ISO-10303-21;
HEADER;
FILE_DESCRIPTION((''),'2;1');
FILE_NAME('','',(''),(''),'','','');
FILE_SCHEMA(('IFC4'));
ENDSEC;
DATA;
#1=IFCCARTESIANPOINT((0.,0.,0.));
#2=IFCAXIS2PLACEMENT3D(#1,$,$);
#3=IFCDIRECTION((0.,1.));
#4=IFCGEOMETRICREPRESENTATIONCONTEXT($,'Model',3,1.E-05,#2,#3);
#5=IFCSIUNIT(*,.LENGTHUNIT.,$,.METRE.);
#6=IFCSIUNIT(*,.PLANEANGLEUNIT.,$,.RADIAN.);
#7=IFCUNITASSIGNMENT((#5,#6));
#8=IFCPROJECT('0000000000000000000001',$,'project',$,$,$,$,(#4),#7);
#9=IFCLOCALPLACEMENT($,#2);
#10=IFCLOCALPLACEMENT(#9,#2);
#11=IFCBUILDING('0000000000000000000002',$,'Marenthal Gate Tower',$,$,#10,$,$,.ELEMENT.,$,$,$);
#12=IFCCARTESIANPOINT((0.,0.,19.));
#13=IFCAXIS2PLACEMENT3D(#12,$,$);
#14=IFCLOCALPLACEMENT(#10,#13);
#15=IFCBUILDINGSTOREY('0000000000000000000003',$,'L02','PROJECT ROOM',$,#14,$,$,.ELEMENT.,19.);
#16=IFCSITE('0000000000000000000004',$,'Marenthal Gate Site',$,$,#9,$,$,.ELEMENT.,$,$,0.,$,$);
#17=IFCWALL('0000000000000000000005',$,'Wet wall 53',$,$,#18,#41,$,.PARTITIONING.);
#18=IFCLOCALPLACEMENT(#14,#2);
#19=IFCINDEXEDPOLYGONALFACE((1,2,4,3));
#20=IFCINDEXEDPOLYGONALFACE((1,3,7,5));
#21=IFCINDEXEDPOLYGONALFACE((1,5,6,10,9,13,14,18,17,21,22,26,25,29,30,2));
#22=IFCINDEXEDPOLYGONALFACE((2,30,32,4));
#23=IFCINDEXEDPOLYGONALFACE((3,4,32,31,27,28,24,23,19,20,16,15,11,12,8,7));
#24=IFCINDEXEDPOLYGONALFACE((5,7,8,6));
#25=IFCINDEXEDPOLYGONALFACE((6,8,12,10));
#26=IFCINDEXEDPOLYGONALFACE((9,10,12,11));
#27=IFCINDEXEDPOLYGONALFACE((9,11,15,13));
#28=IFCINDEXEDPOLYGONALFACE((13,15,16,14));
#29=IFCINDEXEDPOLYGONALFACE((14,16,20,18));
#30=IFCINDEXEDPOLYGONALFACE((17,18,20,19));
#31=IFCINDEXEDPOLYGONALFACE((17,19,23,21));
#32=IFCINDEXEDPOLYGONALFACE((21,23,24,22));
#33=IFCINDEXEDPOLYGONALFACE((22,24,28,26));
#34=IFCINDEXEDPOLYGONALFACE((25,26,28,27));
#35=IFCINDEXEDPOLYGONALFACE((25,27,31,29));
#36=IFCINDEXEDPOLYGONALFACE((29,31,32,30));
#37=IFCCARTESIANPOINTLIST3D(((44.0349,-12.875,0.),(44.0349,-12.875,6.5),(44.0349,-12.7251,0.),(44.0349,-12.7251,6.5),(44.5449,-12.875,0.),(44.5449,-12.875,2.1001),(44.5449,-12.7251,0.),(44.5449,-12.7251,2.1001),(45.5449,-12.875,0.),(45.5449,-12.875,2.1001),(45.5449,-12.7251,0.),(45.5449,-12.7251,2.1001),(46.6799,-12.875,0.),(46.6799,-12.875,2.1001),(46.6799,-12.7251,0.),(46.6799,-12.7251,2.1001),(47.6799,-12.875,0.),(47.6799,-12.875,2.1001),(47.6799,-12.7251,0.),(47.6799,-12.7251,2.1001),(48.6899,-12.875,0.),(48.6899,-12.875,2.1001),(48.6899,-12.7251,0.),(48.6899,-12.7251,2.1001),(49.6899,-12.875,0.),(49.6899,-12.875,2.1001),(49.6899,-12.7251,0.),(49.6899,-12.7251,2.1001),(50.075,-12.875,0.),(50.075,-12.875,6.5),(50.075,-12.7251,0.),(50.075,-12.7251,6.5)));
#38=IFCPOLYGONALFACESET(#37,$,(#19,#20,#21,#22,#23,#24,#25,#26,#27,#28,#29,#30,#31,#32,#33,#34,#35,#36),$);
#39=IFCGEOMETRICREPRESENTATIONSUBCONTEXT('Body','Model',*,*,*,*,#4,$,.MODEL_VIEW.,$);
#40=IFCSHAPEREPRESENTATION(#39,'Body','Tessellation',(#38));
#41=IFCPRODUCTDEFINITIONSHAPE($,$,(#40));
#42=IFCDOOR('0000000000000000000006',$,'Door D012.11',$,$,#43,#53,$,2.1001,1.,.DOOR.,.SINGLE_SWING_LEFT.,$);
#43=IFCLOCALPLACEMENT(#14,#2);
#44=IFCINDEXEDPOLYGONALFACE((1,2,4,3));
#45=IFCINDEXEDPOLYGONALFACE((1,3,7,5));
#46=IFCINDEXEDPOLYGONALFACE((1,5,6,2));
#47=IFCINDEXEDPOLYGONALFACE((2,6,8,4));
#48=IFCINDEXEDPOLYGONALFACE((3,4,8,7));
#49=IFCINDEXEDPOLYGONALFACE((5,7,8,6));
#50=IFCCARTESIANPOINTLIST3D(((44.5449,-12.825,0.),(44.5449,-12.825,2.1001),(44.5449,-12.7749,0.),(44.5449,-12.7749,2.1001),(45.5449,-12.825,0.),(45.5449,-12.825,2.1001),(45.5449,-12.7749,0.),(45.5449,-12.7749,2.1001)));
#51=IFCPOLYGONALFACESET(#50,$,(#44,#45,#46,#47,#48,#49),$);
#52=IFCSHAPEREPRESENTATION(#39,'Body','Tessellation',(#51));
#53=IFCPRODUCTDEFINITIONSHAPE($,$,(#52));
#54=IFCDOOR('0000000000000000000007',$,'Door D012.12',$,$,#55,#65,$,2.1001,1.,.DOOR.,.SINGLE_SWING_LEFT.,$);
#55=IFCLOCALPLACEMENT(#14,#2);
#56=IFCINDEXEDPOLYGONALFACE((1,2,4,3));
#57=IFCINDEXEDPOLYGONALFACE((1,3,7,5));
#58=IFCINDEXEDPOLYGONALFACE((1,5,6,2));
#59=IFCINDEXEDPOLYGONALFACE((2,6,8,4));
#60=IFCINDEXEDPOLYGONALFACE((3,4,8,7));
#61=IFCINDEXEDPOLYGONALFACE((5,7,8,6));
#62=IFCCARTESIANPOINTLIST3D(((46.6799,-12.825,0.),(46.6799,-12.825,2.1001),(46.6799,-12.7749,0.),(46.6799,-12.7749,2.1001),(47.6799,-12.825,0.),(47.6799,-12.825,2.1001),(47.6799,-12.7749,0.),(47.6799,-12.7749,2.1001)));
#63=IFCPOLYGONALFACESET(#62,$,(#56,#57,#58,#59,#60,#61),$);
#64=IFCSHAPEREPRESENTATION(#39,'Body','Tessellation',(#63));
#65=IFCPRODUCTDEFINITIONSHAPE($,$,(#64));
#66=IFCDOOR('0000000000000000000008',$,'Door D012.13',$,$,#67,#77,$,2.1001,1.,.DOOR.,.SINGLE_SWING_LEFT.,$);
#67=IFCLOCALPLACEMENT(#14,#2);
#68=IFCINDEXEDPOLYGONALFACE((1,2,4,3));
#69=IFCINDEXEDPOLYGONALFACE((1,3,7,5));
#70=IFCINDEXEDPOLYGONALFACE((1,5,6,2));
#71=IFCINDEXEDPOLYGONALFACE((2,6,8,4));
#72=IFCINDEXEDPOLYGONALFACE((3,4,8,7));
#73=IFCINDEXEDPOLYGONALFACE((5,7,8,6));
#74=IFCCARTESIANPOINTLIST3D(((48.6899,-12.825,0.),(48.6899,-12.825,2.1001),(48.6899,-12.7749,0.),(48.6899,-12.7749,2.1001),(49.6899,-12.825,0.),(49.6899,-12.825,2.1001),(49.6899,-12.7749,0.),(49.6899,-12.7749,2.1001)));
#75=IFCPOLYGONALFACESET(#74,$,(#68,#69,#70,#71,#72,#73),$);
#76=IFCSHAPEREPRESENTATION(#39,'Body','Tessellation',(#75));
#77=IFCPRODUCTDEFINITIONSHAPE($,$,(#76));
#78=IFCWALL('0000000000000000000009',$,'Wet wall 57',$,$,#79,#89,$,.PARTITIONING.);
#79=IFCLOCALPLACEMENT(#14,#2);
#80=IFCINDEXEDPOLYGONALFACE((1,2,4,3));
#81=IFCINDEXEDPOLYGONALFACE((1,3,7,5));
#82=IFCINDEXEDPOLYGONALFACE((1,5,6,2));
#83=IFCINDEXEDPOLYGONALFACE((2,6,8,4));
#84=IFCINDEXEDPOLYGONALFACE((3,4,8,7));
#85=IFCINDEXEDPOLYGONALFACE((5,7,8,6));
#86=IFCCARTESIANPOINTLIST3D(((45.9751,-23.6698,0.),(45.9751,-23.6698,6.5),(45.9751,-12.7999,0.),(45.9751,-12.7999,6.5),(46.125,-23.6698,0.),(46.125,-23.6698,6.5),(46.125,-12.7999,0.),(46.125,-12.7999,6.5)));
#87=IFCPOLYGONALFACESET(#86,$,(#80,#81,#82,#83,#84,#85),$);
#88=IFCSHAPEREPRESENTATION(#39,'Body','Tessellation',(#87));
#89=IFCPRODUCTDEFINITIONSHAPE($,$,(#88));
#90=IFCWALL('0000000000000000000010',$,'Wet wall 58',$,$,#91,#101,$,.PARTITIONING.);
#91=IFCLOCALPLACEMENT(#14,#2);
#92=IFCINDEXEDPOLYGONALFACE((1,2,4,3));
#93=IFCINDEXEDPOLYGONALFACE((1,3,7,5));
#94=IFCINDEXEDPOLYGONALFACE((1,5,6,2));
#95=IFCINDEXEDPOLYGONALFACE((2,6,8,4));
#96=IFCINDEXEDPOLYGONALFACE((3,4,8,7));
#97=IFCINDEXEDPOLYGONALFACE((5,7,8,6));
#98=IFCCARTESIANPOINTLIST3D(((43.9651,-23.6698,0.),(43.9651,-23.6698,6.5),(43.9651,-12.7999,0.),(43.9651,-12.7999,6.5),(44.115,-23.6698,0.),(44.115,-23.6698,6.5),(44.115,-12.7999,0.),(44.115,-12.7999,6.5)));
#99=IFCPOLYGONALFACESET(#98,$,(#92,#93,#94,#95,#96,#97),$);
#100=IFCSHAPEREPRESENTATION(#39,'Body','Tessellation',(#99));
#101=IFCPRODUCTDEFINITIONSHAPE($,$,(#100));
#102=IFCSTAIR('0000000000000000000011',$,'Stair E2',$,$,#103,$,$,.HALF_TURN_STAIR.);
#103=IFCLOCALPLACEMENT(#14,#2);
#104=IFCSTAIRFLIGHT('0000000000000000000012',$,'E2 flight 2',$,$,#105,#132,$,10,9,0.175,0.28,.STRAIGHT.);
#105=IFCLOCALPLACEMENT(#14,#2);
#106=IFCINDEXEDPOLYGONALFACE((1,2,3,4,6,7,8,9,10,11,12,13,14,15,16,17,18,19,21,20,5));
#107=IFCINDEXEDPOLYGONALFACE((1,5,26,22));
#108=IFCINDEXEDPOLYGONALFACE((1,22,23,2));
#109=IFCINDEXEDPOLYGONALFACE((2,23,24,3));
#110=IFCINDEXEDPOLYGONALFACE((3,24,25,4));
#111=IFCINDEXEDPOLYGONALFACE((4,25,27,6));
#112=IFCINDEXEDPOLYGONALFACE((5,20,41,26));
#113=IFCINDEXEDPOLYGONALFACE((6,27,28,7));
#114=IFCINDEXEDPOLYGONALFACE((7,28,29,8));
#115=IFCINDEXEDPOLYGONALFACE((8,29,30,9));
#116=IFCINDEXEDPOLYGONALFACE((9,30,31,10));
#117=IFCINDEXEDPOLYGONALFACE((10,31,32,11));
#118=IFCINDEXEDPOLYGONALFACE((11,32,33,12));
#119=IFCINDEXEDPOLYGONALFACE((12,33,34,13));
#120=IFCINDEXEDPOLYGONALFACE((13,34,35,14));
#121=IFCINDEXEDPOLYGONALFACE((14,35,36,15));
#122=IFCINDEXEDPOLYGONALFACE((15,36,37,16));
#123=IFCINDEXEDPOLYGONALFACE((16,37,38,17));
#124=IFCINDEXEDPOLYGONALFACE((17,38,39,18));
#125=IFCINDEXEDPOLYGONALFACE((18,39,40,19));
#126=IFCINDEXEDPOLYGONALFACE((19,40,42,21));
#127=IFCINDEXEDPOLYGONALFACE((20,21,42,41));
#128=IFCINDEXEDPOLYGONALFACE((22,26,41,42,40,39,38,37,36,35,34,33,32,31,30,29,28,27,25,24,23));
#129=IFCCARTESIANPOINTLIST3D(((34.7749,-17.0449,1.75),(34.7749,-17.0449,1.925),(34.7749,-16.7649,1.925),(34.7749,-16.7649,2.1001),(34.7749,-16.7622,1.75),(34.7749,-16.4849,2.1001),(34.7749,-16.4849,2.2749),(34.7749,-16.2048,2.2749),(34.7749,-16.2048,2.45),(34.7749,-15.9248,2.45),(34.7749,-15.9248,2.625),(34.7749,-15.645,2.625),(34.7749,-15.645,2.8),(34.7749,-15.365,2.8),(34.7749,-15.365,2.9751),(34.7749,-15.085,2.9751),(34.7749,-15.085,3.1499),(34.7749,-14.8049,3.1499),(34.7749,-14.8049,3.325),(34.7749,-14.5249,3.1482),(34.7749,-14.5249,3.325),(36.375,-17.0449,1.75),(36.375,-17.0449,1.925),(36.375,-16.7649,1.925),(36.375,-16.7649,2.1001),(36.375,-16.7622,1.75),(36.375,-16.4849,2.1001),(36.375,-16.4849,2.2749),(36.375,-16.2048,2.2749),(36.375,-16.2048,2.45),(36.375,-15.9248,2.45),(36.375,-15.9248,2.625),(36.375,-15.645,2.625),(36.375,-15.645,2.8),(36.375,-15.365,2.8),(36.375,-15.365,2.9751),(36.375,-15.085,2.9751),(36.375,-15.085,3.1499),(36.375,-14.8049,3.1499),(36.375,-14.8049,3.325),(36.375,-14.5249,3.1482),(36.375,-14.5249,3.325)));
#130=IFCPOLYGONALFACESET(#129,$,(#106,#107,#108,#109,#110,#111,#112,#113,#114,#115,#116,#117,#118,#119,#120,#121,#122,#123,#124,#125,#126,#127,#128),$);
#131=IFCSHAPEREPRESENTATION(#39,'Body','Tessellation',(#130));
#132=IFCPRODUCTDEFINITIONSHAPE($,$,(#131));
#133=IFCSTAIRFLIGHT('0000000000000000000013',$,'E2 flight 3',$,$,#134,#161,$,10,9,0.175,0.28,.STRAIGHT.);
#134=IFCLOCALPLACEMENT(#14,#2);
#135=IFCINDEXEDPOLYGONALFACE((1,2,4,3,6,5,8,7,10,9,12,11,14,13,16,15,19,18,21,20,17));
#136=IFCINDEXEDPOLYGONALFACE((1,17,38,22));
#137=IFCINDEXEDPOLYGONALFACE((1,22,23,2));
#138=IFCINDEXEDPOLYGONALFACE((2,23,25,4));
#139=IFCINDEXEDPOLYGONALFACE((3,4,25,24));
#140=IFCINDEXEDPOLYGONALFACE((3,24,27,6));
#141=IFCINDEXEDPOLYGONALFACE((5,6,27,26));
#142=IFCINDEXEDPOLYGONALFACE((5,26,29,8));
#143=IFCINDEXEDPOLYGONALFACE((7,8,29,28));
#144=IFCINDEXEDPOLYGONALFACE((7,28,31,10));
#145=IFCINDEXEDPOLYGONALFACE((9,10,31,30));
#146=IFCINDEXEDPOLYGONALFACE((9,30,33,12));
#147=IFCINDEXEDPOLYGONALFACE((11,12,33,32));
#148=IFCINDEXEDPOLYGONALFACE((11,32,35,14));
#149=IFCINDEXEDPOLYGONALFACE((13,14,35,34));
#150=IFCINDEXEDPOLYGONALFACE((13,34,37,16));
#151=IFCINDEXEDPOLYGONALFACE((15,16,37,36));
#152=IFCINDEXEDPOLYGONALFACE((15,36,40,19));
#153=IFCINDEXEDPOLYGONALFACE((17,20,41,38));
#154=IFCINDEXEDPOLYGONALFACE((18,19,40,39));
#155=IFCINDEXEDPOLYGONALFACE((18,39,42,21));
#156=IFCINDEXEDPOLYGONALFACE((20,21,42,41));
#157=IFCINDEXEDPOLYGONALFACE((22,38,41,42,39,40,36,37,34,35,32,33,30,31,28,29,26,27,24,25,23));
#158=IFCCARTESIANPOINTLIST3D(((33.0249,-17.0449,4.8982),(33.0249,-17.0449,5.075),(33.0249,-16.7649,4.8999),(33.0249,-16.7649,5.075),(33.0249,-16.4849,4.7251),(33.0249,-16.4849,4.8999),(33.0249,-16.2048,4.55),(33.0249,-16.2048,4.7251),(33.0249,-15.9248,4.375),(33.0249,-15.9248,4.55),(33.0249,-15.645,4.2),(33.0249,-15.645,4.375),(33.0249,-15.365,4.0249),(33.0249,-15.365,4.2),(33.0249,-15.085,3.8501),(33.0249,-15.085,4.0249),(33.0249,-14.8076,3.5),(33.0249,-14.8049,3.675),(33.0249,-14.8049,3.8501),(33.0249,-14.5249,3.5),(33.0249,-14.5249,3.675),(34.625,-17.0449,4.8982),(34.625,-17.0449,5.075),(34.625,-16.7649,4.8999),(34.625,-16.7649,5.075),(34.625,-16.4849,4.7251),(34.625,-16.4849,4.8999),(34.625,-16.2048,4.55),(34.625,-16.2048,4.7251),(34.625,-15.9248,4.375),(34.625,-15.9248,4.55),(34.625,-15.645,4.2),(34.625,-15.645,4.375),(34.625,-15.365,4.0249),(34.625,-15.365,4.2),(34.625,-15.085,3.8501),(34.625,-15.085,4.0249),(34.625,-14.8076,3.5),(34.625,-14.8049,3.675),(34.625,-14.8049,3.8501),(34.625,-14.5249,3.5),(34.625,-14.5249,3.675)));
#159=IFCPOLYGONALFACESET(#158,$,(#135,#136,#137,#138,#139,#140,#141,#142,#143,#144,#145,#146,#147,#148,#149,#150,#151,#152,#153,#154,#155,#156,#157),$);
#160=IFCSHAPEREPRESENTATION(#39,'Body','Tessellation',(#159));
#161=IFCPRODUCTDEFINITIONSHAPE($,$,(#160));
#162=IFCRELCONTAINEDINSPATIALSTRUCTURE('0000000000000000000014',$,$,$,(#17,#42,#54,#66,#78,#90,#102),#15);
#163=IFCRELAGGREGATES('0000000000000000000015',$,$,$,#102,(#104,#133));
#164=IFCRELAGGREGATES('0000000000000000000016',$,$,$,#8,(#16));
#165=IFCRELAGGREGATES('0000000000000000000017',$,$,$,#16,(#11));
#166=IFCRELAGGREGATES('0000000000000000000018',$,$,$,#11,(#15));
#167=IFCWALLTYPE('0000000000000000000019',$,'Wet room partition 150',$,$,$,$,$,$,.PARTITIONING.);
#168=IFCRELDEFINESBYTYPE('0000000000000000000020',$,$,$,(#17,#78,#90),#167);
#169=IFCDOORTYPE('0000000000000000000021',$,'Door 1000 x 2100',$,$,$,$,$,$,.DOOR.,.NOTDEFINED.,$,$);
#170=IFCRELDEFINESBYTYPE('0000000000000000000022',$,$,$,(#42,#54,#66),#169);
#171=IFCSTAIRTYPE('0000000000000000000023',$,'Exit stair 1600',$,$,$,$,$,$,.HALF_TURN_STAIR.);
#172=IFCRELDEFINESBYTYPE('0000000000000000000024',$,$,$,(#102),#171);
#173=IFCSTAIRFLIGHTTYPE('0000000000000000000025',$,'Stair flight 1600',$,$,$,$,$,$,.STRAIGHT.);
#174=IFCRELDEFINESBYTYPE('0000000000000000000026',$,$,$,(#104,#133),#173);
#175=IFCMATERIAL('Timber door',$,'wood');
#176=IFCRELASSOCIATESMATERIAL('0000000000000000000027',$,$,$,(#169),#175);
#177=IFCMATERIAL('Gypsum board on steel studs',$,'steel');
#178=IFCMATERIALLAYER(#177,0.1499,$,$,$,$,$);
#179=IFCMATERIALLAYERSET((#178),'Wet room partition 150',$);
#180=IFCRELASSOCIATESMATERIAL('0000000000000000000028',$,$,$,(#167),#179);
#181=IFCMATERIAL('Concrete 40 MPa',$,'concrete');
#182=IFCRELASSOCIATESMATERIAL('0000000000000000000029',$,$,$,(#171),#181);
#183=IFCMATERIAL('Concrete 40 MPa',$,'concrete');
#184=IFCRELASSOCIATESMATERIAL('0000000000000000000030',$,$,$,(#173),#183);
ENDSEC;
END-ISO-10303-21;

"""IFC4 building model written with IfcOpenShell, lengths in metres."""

from ifc_helpers import new_model, si_unit, direction, frame, frame_2d, origin, place, context, subcontext, project, spatial, polyline, rectangle, outline, extrude, material, layer, layer_set, type_object, element, fill, aggregate, save


model = new_model("IFC4")

# Units and contexts
model_context = context("Model", 3, precision=1e-05, world=origin(), true_north=direction((0.0, 1.0)))
body_context = subcontext(model_context, "Body", "Model", "MODEL_VIEW")
ifc_project = project(units=[si_unit("LENGTHUNIT", "METRE"), si_unit("PLANEANGLEUNIT", "RADIAN")], contexts=[model_context])

# Site, building, storey
site_placement = place(None, origin())
site = spatial("IfcSite", under=ifc_project, at=site_placement, Name="Marenthal Gate Site", CompositionType="ELEMENT", RefElevation=0.0)
building_placement = place(site_placement, origin())
building = spatial("IfcBuilding", under=site, at=building_placement, Name="Marenthal Gate Tower", CompositionType="ELEMENT")
storey_placement = place(building_placement, frame((0.0, 0.0, 19.0)))
storey = spatial("IfcBuildingStorey", under=building, at=storey_placement, Name="L02", Description="PROJECT ROOM", CompositionType="ELEMENT", Elevation=19.0)

# Shared definitions
ifc_material_1 = material(Name="Timber door", Category="wood")
door_type = type_object("IfcDoorType", Name="Door 1000 x 2100", OperationType="NOTDEFINED", PredefinedType="DOOR", material=ifc_material_1)

# Wall, openings, doors
ifc_material_2 = material(Name="Gypsum board on steel studs", Category="steel")
ifc_layer_1 = layer(ifc_material_2, 0.1499)
ifc_layer_set_1 = layer_set([ifc_layer_1], Name="Wet room partition 150")
wall_type_1 = type_object("IfcWallType", Name="Wet room partition 150", PredefinedType="PARTITIONING", material=ifc_layer_set_1)
wall_1_placement = place(storey_placement, frame((44.0349, -12.8, 0.0), z_axis=(0.0, 0.0, 1.0), x_axis=(1.0, 0.0, 0.0)))
wall_1 = element("IfcWall", 1, at=wall_1_placement, inside=storey, type_object=wall_type_1, Name="Wet wall 53", PredefinedType="PARTITIONING", context=body_context, shape_type="SweptSolid", body=[
    extrude(rectangle(XDim=6.04, YDim=0.1499, at=frame_2d((3.02, 0.0))), origin(), (0.0, 0.0, 1.0), 6.5),
])
opening_1_placement = place(wall_1_placement, frame((0.51, 0.0, 0.0)))
opening_1 = element("IfcOpeningElement", 2, at=opening_1_placement, cuts=wall_1, PredefinedType="OPENING", context=body_context, shape_type="SweptSolid", body=[
    extrude(rectangle(XDim=1.0, YDim=2.1001, at=frame_2d((0.5, 1.05))), frame((0.0, 0.085, 0.0), z_axis=(0.0, -1.0, 0.0), x_axis=(1.0, 0.0, 0.0)), (0.0, 0.0, 1.0), 0.1699),
])
opening_2_placement = place(wall_1_placement, frame((2.645, 0.0, 0.0)))
opening_2 = element("IfcOpeningElement", 3, at=opening_2_placement, cuts=wall_1, PredefinedType="OPENING", context=body_context, shape_type="SweptSolid", body=[
    extrude(rectangle(XDim=1.0, YDim=2.1001, at=frame_2d((0.5, 1.05))), frame((0.0, 0.085, 0.0), z_axis=(0.0, -1.0, 0.0), x_axis=(1.0, 0.0, 0.0)), (0.0, 0.0, 1.0), 0.1699),
])
opening_3_placement = place(wall_1_placement, frame((4.655, 0.0, 0.0)))
opening_3 = element("IfcOpeningElement", 4, at=opening_3_placement, cuts=wall_1, PredefinedType="OPENING", context=body_context, shape_type="SweptSolid", body=[
    extrude(rectangle(XDim=1.0, YDim=2.1001, at=frame_2d((0.5, 1.05))), frame((0.0, 0.085, 0.0), z_axis=(0.0, -1.0, 0.0), x_axis=(1.0, 0.0, 0.0)), (0.0, 0.0, 1.0), 0.1699),
])
door_1_placement = place(opening_1_placement, frame((1.0, 0.0, 0.0), z_axis=(0.0, 0.0, 1.0), x_axis=(-1.0, 0.0, 0.0)))
door_1 = element("IfcDoor", 5, at=door_1_placement, inside=storey, type_object=door_type, Name="Door D012.11", OperationType="SINGLE_SWING_LEFT", OverallHeight=2.1001, OverallWidth=1.0, PredefinedType="DOOR", context=body_context, shape_type="SweptSolid", body=[
    extrude(rectangle(XDim=1.0, YDim=2.1001, at=frame_2d((0.5, 1.05))), frame((0.0, 0.0249, 0.0), z_axis=(0.0, -1.0, 0.0), x_axis=(1.0, 0.0, 0.0)), (0.0, 0.0, 1.0), 0.05),
])
fill(opening_1, door_1)
door_2_placement = place(opening_2_placement, frame((1.0, 0.0, 0.0), z_axis=(0.0, 0.0, 1.0), x_axis=(-1.0, 0.0, 0.0)))
door_2 = element("IfcDoor", 6, at=door_2_placement, inside=storey, type_object=door_type, Name="Door D012.12", OperationType="SINGLE_SWING_LEFT", OverallHeight=2.1001, OverallWidth=1.0, PredefinedType="DOOR", context=body_context, shape_type="SweptSolid", body=[
    extrude(rectangle(XDim=1.0, YDim=2.1001, at=frame_2d((0.5, 1.05))), frame((0.0, 0.0249, 0.0), z_axis=(0.0, -1.0, 0.0), x_axis=(1.0, 0.0, 0.0)), (0.0, 0.0, 1.0), 0.05),
])
fill(opening_2, door_2)
door_3_placement = place(opening_3_placement, frame((1.0, 0.0, 0.0), z_axis=(0.0, 0.0, 1.0), x_axis=(-1.0, 0.0, 0.0)))
door_3 = element("IfcDoor", 7, at=door_3_placement, inside=storey, type_object=door_type, Name="Door D012.13", OperationType="SINGLE_SWING_LEFT", OverallHeight=2.1001, OverallWidth=1.0, PredefinedType="DOOR", context=body_context, shape_type="SweptSolid", body=[
    extrude(rectangle(XDim=1.0, YDim=2.1001, at=frame_2d((0.5, 1.05))), frame((0.0, 0.0249, 0.0), z_axis=(0.0, -1.0, 0.0), x_axis=(1.0, 0.0, 0.0)), (0.0, 0.0, 1.0), 0.05),
])
fill(opening_3, door_3)

# Walls
for number, where, z_axis, x_axis, name in (
    (8, (46.05, -23.6699, 0.0), (0.0, 0.0, 1.0), (0.0, 1.0, 0.0), "Wet wall 57"),
    (9, (44.04, -23.6699, 0.0), (0.0, 0.0, 1.0), (0.0, 1.0, 0.0), "Wet wall 58"),
):
    element("IfcWall", number, at=place(storey_placement, frame(where, z_axis=z_axis, x_axis=x_axis)), inside=storey, type_object=wall_type_1, Name=name, PredefinedType="PARTITIONING", context=body_context, shape_type="SweptSolid", body=[
        extrude(rectangle(XDim=10.8699, YDim=0.1499, at=frame_2d((5.4351, 0.0))), origin(), (0.0, 0.0, 1.0), 6.5),
    ])

# Stair, stair flights
ifc_material_3 = material(Name="Concrete 40 MPa", Category="concrete")
stair_type = type_object("IfcStairType", Name="Exit stair 1600", PredefinedType="HALF_TURN_STAIR", material=ifc_material_3)
stair_placement = place(storey_placement, origin())
stair = element("IfcStair", 10, at=stair_placement, inside=storey, type_object=stair_type, Name="Stair E2", PredefinedType="HALF_TURN_STAIR")
ifc_material_4 = material(Name="Concrete 40 MPa", Category="concrete")
stair_flight_type = type_object("IfcStairFlightType", Name="Stair flight 1600", PredefinedType="STRAIGHT", material=ifc_material_4)
stair_flight_1_placement = place(storey_placement, frame((35.575, -17.0449, 1.75), z_axis=(0.0, 0.0, 1.0), x_axis=(0.0, 1.0, 0.0)))
stair_flight_1 = element("IfcStairFlight", 11, at=stair_flight_1_placement, type_object=stair_flight_type, Name="E2 flight 2", NumberOfRisers=10, NumberOfTreads=9, PredefinedType="STRAIGHT", RiserHeight=0.175, TreadLength=0.28, context=body_context, shape_type="SweptSolid", body=[
    extrude(outline(polyline([(0.0, 0.0), (0.0, 0.175), (0.28, 0.175), (0.28, 0.3501), (0.5601, 0.3501), (0.5601, 0.5249), (0.8401, 0.5249), (0.8401, 0.7), (1.1201, 0.7), (1.1201, 0.875), (1.3999, 0.875), (1.3999, 1.05), (1.6799, 1.05), (1.6799, 1.2251), (1.96, 1.2251), (1.96, 1.3999), (2.24, 1.3999), (2.24, 1.575), (2.52, 1.575), (2.52, 1.75), (2.52, 1.3982), (0.2827, 0.0), (0.0, 0.0)])), frame((0.0, 0.8, 0.0), z_axis=(0.0, -1.0, 0.0), x_axis=(1.0, 0.0, 0.0)), (0.0, 0.0, 1.0), 1.6001),
])
stair_flight_2_placement = place(storey_placement, frame((33.825, -14.5249, 3.5), z_axis=(0.0, 0.0, 1.0), x_axis=(0.0, -1.0, 0.0)))
stair_flight_2 = element("IfcStairFlight", 12, at=stair_flight_2_placement, type_object=stair_flight_type, Name="E2 flight 3", NumberOfRisers=10, NumberOfTreads=9, PredefinedType="STRAIGHT", RiserHeight=0.175, TreadLength=0.28, context=body_context, shape_type="SweptSolid", body=[
    extrude(outline(polyline([(0.0, 0.0), (0.0, 0.175), (0.28, 0.175), (0.28, 0.3501), (0.5601, 0.3501), (0.5601, 0.5249), (0.8401, 0.5249), (0.8401, 0.7), (1.1201, 0.7), (1.1201, 0.875), (1.3999, 0.875), (1.3999, 1.05), (1.6799, 1.05), (1.6799, 1.2251), (1.96, 1.2251), (1.96, 1.3999), (2.24, 1.3999), (2.24, 1.575), (2.52, 1.575), (2.52, 1.75), (2.52, 1.3982), (0.2827, 0.0), (0.0, 0.0)])), frame((0.0, 0.8, 0.0), z_axis=(0.0, -1.0, 0.0), x_axis=(1.0, 0.0, 0.0)), (0.0, 0.0, 1.0), 1.6001),
])
aggregate(stair, [stair_flight_1, stair_flight_2])

save(model, "model.ifc")
